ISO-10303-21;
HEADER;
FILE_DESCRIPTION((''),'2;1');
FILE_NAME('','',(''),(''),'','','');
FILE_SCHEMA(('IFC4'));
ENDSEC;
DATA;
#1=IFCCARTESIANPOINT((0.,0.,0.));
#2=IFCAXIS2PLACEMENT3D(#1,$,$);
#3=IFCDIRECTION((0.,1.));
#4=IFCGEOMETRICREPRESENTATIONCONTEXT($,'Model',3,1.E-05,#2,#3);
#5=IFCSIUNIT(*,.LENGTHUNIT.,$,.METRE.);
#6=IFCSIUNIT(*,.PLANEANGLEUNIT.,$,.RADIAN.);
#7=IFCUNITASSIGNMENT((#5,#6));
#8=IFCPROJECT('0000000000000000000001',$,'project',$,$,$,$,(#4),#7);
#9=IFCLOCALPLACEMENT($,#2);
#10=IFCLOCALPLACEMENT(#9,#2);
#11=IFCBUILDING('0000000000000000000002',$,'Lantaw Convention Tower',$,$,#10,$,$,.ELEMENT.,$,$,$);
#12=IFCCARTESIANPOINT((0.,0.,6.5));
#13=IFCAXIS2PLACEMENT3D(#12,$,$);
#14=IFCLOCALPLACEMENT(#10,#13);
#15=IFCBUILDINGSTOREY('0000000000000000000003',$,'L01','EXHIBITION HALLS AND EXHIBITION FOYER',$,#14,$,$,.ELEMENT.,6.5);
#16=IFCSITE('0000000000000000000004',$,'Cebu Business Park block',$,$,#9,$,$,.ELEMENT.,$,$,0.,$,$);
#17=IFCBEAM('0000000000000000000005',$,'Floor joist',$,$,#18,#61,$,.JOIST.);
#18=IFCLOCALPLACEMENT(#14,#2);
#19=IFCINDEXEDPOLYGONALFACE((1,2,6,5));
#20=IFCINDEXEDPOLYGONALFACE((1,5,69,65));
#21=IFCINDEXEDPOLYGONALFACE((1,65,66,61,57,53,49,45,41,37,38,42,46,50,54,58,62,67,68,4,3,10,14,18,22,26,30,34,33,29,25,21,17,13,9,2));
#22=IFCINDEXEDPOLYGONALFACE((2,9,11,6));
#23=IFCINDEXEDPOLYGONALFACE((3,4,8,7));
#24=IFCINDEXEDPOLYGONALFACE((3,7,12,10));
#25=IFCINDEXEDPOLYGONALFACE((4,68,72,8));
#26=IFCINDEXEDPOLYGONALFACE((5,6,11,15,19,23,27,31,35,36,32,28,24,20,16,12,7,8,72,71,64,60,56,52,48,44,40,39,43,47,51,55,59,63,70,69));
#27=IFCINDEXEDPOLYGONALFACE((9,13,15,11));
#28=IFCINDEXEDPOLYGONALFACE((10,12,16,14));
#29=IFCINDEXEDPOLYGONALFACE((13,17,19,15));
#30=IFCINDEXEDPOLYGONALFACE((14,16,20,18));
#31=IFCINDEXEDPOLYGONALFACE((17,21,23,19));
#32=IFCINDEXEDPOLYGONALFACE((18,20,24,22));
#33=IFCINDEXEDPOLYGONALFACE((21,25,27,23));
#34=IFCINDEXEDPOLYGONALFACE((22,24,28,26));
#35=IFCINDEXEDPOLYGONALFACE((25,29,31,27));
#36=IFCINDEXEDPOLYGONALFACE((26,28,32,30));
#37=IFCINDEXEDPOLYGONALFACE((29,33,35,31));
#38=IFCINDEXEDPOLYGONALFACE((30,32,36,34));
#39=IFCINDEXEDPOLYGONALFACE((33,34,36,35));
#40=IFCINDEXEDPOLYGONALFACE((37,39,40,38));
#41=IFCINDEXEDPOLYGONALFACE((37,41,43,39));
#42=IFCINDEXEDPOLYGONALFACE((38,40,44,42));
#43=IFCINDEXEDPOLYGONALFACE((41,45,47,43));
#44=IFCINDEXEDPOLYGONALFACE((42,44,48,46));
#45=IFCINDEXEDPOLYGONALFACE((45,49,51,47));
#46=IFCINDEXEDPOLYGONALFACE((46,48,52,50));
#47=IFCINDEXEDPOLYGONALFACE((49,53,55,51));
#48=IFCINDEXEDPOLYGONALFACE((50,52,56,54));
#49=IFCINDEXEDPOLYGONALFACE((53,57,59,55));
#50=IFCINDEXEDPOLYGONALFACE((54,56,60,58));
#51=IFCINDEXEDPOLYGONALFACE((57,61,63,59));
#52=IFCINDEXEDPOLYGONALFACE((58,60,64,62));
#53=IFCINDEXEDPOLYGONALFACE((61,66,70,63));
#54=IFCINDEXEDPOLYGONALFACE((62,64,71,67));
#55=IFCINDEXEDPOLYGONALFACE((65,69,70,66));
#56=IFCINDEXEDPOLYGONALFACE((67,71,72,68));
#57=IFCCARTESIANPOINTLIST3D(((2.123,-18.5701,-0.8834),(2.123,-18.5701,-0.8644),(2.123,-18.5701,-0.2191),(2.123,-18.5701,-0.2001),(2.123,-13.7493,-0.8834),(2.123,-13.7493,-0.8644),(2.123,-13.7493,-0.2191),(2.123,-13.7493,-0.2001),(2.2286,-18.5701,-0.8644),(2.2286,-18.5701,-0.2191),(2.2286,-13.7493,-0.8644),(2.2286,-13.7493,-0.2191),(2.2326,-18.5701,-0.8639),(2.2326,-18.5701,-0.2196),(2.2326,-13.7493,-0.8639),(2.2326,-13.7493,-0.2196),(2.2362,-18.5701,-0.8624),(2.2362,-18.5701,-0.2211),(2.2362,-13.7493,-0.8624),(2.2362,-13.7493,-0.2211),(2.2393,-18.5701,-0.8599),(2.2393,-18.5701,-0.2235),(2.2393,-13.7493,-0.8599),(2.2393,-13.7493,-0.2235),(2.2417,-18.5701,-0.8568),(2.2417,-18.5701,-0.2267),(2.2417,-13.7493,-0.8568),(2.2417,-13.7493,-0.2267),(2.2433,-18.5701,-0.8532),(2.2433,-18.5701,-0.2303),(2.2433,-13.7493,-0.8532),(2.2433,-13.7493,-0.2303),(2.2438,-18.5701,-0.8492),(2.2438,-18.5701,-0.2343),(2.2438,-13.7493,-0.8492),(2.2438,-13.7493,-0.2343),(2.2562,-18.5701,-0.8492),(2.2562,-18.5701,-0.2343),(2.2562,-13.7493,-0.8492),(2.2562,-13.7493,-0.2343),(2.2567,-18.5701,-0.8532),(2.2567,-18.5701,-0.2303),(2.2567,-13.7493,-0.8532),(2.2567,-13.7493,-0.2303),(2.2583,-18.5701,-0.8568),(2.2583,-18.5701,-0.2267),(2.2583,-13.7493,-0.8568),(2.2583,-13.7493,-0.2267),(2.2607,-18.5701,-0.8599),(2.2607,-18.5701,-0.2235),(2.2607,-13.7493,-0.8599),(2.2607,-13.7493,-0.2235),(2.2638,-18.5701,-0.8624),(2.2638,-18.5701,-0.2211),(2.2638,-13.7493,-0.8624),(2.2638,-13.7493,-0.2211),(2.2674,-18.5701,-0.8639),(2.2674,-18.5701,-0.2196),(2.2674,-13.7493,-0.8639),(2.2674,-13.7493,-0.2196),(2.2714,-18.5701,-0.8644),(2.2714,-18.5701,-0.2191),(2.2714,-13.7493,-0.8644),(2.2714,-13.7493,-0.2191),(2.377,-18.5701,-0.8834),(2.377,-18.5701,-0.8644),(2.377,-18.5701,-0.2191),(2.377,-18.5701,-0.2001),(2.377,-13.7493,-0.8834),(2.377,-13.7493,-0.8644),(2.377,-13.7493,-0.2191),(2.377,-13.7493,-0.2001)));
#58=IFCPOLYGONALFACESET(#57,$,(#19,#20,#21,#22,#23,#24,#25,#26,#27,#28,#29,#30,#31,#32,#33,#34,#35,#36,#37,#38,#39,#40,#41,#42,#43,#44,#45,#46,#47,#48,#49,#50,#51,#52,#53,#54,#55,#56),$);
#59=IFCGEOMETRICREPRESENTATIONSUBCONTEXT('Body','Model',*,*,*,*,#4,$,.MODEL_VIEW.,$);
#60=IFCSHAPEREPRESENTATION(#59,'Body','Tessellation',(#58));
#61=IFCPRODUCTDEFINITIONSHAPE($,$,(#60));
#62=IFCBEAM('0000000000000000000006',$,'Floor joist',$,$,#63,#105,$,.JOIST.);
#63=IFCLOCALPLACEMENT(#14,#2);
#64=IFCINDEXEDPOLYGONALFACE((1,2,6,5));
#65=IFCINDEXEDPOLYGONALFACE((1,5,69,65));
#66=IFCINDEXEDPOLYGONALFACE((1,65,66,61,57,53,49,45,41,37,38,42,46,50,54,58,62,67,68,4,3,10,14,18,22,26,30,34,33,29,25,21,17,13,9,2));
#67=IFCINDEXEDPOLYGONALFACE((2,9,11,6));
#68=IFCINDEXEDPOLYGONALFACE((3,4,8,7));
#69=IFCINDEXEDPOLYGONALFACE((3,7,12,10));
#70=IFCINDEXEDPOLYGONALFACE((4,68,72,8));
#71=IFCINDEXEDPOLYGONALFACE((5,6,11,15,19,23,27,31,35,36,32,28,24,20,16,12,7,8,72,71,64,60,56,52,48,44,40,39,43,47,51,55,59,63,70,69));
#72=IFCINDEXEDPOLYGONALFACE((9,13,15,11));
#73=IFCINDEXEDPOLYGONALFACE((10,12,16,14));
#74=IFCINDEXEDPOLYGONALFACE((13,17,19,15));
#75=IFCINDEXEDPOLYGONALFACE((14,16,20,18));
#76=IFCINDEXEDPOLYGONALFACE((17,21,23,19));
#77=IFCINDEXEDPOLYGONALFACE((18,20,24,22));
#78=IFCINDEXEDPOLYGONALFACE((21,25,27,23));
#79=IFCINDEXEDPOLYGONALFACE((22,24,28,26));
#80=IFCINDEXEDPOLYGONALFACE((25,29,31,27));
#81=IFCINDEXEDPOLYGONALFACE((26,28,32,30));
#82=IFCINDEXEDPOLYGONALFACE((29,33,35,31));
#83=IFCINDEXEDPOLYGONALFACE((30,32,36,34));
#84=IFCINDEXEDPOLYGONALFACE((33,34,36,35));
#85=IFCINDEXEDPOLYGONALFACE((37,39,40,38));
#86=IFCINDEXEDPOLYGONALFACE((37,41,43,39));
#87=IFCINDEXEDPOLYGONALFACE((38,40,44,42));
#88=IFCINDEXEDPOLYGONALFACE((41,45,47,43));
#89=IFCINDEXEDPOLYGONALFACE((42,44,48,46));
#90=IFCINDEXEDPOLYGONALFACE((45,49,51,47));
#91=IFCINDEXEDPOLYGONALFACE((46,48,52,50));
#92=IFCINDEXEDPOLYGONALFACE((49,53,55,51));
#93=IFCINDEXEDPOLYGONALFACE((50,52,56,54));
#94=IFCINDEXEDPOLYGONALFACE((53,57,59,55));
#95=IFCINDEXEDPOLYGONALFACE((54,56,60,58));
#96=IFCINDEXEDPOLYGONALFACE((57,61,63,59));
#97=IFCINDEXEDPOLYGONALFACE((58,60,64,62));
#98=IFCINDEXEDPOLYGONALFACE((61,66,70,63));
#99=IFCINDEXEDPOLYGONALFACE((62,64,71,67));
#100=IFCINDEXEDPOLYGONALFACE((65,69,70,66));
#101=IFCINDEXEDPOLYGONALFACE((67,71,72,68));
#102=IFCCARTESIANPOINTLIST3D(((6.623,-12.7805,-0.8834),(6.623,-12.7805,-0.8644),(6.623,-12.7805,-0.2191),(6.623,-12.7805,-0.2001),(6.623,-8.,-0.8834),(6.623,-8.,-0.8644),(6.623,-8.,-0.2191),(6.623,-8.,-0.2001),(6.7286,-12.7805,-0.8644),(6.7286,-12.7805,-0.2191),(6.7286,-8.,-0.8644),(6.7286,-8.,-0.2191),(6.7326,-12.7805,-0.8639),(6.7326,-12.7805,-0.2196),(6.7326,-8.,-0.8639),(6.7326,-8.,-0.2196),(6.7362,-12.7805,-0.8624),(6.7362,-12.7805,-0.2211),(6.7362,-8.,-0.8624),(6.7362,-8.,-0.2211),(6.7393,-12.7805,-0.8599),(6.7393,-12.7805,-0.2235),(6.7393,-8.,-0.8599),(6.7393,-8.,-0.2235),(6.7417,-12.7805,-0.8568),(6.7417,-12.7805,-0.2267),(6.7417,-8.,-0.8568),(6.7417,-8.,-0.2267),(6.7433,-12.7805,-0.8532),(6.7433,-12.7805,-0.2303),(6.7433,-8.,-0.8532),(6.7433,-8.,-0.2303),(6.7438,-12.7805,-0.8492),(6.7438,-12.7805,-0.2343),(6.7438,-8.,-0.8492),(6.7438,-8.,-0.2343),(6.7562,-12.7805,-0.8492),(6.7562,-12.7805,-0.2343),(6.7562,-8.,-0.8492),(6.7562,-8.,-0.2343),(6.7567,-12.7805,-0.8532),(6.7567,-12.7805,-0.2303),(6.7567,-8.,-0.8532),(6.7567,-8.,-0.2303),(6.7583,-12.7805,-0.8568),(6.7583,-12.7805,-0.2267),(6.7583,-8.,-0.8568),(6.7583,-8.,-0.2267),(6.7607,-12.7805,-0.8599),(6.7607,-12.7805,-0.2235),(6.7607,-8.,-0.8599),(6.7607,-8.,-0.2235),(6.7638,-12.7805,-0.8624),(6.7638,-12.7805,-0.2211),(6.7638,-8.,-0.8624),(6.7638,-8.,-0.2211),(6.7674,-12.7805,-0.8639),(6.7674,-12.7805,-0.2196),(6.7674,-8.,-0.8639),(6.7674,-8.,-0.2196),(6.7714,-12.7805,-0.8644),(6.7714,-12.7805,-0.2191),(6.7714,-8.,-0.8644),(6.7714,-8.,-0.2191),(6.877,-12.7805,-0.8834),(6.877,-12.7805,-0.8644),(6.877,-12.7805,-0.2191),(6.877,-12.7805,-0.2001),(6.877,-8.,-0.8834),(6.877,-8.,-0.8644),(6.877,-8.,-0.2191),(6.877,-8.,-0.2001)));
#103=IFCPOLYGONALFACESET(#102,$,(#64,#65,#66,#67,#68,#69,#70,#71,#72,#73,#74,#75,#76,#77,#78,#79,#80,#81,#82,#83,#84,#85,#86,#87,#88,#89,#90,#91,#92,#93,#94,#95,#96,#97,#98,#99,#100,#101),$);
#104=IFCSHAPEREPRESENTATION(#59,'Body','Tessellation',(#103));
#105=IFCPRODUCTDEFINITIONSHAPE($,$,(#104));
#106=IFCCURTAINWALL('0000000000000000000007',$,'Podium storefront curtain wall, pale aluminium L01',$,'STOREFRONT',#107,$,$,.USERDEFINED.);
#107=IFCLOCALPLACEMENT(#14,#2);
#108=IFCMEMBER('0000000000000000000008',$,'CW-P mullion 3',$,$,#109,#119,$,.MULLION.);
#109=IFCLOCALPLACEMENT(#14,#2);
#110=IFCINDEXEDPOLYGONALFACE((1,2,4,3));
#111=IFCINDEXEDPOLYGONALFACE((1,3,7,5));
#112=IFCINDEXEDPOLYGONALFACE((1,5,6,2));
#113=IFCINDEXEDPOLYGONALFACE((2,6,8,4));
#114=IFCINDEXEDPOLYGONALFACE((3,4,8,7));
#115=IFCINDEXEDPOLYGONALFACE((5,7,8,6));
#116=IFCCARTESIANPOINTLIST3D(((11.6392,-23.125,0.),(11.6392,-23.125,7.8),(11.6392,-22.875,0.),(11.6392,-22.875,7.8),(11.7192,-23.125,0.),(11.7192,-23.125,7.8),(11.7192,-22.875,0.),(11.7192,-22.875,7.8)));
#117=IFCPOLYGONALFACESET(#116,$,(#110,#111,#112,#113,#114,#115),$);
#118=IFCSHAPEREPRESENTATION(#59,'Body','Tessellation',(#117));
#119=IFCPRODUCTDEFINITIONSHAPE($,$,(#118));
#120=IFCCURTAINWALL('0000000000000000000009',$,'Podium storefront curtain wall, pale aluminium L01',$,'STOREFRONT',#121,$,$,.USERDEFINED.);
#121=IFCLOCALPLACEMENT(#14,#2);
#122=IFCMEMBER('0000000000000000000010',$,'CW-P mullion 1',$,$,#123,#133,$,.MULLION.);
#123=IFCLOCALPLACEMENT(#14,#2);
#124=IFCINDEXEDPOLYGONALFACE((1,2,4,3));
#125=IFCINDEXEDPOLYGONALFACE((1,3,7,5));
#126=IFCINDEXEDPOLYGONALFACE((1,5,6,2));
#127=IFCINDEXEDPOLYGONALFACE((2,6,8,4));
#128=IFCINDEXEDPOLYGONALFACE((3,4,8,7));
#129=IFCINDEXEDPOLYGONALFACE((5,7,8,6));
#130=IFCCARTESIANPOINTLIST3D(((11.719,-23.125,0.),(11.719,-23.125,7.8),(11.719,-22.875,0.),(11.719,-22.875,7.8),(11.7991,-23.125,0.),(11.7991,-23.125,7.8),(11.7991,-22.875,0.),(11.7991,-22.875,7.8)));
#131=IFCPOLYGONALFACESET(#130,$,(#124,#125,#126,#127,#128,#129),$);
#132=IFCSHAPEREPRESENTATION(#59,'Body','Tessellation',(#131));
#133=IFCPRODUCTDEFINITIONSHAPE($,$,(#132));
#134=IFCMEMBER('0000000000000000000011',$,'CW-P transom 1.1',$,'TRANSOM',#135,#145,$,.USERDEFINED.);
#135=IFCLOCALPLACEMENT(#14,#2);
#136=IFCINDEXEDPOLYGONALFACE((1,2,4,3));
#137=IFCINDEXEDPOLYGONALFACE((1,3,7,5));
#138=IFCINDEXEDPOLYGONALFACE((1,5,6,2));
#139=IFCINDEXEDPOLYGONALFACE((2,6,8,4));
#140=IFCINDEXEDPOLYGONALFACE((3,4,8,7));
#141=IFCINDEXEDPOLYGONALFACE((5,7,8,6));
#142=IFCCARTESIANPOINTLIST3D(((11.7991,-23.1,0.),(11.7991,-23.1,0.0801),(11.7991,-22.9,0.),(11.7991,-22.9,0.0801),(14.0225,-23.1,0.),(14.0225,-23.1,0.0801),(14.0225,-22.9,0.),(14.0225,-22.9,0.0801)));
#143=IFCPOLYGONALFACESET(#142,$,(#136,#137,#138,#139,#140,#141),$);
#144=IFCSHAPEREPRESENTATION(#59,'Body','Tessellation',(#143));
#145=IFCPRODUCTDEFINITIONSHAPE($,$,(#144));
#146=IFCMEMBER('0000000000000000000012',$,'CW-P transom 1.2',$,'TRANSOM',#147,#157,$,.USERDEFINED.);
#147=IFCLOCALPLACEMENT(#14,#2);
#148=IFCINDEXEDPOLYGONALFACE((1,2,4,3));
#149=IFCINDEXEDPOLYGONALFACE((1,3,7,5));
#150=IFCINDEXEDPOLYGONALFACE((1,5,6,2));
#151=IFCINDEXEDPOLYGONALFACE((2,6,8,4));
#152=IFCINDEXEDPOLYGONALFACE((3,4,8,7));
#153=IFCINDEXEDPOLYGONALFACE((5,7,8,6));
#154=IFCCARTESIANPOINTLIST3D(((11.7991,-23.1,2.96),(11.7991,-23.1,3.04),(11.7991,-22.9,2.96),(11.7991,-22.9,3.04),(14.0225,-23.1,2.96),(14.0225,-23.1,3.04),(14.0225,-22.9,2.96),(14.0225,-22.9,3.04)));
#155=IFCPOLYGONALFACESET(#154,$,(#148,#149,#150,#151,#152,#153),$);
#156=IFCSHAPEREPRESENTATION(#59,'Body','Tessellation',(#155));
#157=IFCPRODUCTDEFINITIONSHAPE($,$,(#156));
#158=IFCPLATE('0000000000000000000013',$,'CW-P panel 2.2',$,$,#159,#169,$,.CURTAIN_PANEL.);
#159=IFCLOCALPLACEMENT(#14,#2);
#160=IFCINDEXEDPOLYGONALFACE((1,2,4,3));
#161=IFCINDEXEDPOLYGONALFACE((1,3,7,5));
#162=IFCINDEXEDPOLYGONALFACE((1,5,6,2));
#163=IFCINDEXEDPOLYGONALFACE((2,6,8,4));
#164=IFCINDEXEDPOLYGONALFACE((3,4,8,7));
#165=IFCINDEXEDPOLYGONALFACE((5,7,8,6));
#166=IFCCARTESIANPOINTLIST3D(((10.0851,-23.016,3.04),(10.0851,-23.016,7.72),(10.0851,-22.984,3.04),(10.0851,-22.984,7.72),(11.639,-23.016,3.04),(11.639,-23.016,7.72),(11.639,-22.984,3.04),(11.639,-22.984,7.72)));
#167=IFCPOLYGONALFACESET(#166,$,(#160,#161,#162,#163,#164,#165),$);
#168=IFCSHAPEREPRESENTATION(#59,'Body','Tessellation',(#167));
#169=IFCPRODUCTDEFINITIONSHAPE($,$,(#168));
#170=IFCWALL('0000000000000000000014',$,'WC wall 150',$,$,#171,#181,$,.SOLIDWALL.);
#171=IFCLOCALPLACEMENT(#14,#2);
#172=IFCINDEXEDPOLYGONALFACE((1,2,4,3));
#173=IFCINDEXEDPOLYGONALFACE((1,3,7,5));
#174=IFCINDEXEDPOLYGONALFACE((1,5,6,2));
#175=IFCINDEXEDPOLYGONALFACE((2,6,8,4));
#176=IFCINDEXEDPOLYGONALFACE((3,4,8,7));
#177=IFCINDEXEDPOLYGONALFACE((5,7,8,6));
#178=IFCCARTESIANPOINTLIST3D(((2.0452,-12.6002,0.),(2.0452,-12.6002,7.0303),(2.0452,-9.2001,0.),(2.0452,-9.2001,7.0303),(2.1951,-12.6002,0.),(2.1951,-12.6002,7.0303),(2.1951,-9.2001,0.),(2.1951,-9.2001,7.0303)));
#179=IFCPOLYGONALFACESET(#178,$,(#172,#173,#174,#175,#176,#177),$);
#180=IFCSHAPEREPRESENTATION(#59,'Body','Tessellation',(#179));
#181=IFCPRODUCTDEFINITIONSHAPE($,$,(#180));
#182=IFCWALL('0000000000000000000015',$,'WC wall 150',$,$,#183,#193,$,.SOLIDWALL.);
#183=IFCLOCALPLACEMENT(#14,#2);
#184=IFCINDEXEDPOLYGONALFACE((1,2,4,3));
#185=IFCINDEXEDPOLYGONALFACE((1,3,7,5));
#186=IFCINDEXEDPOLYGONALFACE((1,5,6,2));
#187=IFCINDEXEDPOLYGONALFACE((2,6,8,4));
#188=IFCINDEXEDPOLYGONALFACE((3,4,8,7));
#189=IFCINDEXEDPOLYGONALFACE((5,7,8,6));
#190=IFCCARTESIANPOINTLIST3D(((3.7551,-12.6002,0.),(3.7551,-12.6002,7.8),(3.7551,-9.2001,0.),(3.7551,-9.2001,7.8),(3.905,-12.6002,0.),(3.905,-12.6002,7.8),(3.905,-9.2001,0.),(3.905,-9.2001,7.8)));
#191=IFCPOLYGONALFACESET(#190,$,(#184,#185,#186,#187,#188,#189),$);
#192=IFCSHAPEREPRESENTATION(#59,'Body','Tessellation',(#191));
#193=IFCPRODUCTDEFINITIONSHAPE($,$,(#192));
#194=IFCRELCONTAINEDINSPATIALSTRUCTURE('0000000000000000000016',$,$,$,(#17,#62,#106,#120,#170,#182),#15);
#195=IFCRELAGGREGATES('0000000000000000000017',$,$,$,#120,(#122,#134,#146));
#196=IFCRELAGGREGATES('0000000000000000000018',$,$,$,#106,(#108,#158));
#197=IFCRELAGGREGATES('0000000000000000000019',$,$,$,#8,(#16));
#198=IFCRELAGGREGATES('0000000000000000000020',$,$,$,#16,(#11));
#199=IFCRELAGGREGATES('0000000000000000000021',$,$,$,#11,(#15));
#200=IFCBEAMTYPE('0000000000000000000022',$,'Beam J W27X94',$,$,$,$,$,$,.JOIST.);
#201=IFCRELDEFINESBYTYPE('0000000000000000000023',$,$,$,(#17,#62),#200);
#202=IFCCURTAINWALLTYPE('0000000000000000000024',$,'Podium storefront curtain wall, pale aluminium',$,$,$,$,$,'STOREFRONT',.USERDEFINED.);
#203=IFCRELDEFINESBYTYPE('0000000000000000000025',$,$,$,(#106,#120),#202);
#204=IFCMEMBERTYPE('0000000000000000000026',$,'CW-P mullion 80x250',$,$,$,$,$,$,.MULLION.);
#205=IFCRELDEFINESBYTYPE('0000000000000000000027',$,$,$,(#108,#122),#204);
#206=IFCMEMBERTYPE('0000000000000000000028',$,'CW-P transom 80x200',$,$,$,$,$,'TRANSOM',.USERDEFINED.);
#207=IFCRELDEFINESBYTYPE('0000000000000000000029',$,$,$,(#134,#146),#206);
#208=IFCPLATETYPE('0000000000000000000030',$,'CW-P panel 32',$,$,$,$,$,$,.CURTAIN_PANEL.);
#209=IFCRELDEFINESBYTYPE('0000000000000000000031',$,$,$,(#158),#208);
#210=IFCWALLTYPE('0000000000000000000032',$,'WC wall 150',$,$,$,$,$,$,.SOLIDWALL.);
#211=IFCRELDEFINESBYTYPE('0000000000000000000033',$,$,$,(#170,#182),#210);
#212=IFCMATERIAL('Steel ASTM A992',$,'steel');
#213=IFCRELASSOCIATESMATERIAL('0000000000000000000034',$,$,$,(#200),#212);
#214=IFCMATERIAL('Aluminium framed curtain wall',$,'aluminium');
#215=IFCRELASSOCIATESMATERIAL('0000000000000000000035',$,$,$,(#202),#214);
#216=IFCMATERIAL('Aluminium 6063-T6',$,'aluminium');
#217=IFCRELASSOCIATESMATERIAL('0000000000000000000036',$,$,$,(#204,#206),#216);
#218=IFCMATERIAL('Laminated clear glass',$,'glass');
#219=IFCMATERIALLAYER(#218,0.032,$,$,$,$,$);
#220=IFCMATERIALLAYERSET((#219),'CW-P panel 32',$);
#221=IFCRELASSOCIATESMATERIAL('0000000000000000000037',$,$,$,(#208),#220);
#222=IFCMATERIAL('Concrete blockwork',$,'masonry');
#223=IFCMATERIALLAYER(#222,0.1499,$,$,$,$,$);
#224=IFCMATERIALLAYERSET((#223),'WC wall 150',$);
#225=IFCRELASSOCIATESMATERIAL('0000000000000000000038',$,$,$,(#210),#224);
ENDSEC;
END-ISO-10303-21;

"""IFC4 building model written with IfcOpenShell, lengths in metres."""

from ifc_helpers import new_model, si_unit, direction, frame, frame_2d, origin, origin_2d, place, context, subcontext, project, spatial, rectangle, i_section, extrude, material, layer, layer_set, material_profile, profile_set, type_object, element, aggregate, save


model = new_model("IFC4")

# Units and contexts
model_context = context("Model", 3, precision=1e-05, world=origin(), true_north=direction((0.0, 1.0)))
body_context = subcontext(model_context, "Body", "Model", "MODEL_VIEW")
ifc_project = project(units=[si_unit("LENGTHUNIT", "METRE"), si_unit("PLANEANGLEUNIT", "RADIAN")], contexts=[model_context])

# Site, building, storey
site_placement = place(None, origin())
site = spatial("IfcSite", under=ifc_project, at=site_placement, Name="Cebu Business Park block", CompositionType="ELEMENT", RefElevation=0.0)
building_placement = place(site_placement, origin())
building = spatial("IfcBuilding", under=site, at=building_placement, Name="Lantaw Convention Tower", CompositionType="ELEMENT")
storey_placement = place(building_placement, frame((0.0, 0.0, 6.5)))
storey = spatial("IfcBuildingStorey", under=building, at=storey_placement, Name="L01", Description="EXHIBITION HALLS AND EXHIBITION FOYER", CompositionType="ELEMENT", Elevation=6.5)

# Beams
ifc_material_1 = material(Name="Steel ASTM A992", Category="steel")
ifc_material_profile_1 = material_profile(ifc_material_1, i_section(OverallWidth=0.2539, OverallDepth=0.6833, WebThickness=0.0125, FlangeThickness=0.019, FilletRadius=0.0151, at=origin_2d()), Name="W27X94")
ifc_profile_set_1 = profile_set([ifc_material_profile_1], Name="Steel ASTM A992")
beam_type_1 = type_object("IfcBeamType", Name="Beam J W27X94", PredefinedType="JOIST", material=ifc_profile_set_1)
beam_1_placement = place(storey_placement, frame((2.25, -18.5701, -0.5417), z_axis=(0.0, 1.0, 0.0), x_axis=(-1.0, 0.0, 0.0)))
element("IfcBeam", 1, at=beam_1_placement, inside=storey, type_object=beam_type_1, Name="Floor joist", PredefinedType="JOIST", context=body_context, shape_type="SweptSolid", body=[
    extrude(i_section(OverallWidth=0.2539, OverallDepth=0.6833, WebThickness=0.0125, FlangeThickness=0.019, FilletRadius=0.0151, at=origin_2d()), origin(), (0.0, 0.0, 1.0), 4.8208),
])
beam_2_placement = place(storey_placement, frame((6.75, -12.7805, -0.5417), z_axis=(0.0, 1.0, 0.0), x_axis=(-1.0, 0.0, 0.0)))
element("IfcBeam", 2, at=beam_2_placement, inside=storey, type_object=beam_type_1, Name="Floor joist", PredefinedType="JOIST", context=body_context, shape_type="SweptSolid", body=[
    extrude(i_section(OverallWidth=0.2539, OverallDepth=0.6833, WebThickness=0.0125, FlangeThickness=0.019, FilletRadius=0.0151, at=origin_2d()), origin(), (0.0, 0.0, 1.0), 4.7805),
])

# Curtain wall, member
ifc_material_2 = material(Name="Aluminium framed curtain wall", Category="aluminium")
curtain_wall_type = type_object("IfcCurtainWallType", Name="Podium storefront curtain wall, pale aluminium", ElementType="STOREFRONT", PredefinedType="USERDEFINED", material=ifc_material_2)
curtain_wall_1_placement = place(storey_placement, origin())
curtain_wall_1 = element("IfcCurtainWall", 3, at=curtain_wall_1_placement, inside=storey, type_object=curtain_wall_type, Name="Podium storefront curtain wall, pale aluminium L01", ObjectType="STOREFRONT", PredefinedType="USERDEFINED")
ifc_material_3 = material(Name="Aluminium 6063-T6", Category="aluminium")
ifc_material_profile_2 = material_profile(ifc_material_3, rectangle(XDim=0.25, YDim=0.0801, at=origin_2d()), Name="CW-P mullion 80x250")
ifc_profile_set_2 = profile_set([ifc_material_profile_2], Name="Aluminium 6063-T6")
member_type_1 = type_object("IfcMemberType", Name="CW-P mullion 80x250", PredefinedType="MULLION", material=ifc_profile_set_2)
member_1_placement = place(storey_placement, frame((11.6792, -23.0, 0.0), z_axis=(0.0, 0.0, 1.0), x_axis=(0.0, 1.0, 0.0)))
member_1 = element("IfcMember", 4, at=member_1_placement, type_object=member_type_1, Name="CW-P mullion 3", PredefinedType="MULLION", context=body_context, shape_type="SweptSolid", body=[
    extrude(rectangle(XDim=0.25, YDim=0.0801, at=origin_2d()), origin(), (0.0, 0.0, 1.0), 7.8),
])

# Curtain wall, members
curtain_wall_2_placement = place(storey_placement, origin())
curtain_wall_2 = element("IfcCurtainWall", 5, at=curtain_wall_2_placement, inside=storey, type_object=curtain_wall_type, Name="Podium storefront curtain wall, pale aluminium L01", ObjectType="STOREFRONT", PredefinedType="USERDEFINED")
member_2_placement = place(storey_placement, frame((11.759, -23.0, 0.0), z_axis=(0.0, 0.0, 1.0), x_axis=(0.0, 1.0, 0.0)))
member_2 = element("IfcMember", 6, at=member_2_placement, type_object=member_type_1, Name="CW-P mullion 1", PredefinedType="MULLION", context=body_context, shape_type="SweptSolid", body=[
    extrude(rectangle(XDim=0.25, YDim=0.0801, at=origin_2d()), origin(), (0.0, 0.0, 1.0), 7.8),
])
ifc_material_profile_3 = material_profile(ifc_material_3, rectangle(XDim=0.2, YDim=0.0801, at=origin_2d()), Name="CW-P transom 80x200")
ifc_profile_set_3 = profile_set([ifc_material_profile_3], Name="Aluminium 6063-T6")
member_type_2 = type_object("IfcMemberType", Name="CW-P transom 80x200", ElementType="TRANSOM", PredefinedType="USERDEFINED", material=ifc_profile_set_3)
member_3_placement = place(storey_placement, frame((11.7991, -23.0, 0.04), z_axis=(1.0, 0.0, 0.0), x_axis=(0.0, 1.0, 0.0)))
member_3 = element("IfcMember", 7, at=member_3_placement, type_object=member_type_2, Name="CW-P transom 1.1", ObjectType="TRANSOM", PredefinedType="USERDEFINED", context=body_context, shape_type="SweptSolid", body=[
    extrude(rectangle(XDim=0.2, YDim=0.0801, at=origin_2d()), origin(), (0.0, 0.0, 1.0), 2.2234),
])
member_4_placement = place(storey_placement, frame((11.7991, -23.0, 3.0), z_axis=(1.0, 0.0, 0.0), x_axis=(0.0, 1.0, 0.0)))
member_4 = element("IfcMember", 8, at=member_4_placement, type_object=member_type_2, Name="CW-P transom 1.2", ObjectType="TRANSOM", PredefinedType="USERDEFINED", context=body_context, shape_type="SweptSolid", body=[
    extrude(rectangle(XDim=0.2, YDim=0.0801, at=origin_2d()), origin(), (0.0, 0.0, 1.0), 2.2234),
])
aggregate(curtain_wall_2, [member_2, member_3, member_4])

# Plate
ifc_material_4 = material(Name="Laminated clear glass", Category="glass")
ifc_layer_1 = layer(ifc_material_4, 0.032)
ifc_layer_set_1 = layer_set([ifc_layer_1], Name="CW-P panel 32")
plate_type = type_object("IfcPlateType", Name="CW-P panel 32", PredefinedType="CURTAIN_PANEL", material=ifc_layer_set_1)
plate_placement = place(storey_placement, frame((10.8621, -23.0, 3.04), z_axis=(0.0, 0.0, 1.0), x_axis=(1.0, 0.0, 0.0)))
plate = element("IfcPlate", 9, at=plate_placement, type_object=plate_type, Name="CW-P panel 2.2", PredefinedType="CURTAIN_PANEL", context=body_context, shape_type="SweptSolid", body=[
    extrude(rectangle(XDim=1.554, YDim=0.032, at=origin_2d()), origin(), (0.0, 0.0, 1.0), 4.6799),
])
aggregate(curtain_wall_1, [member_1, plate])

# Walls
ifc_material_5 = material(Name="Concrete blockwork", Category="masonry")
ifc_layer_2 = layer(ifc_material_5, 0.1499)
ifc_layer_set_2 = layer_set([ifc_layer_2], Name="WC wall 150")
wall_type = type_object("IfcWallType", Name="WC wall 150", PredefinedType="SOLIDWALL", material=ifc_layer_set_2)
wall_1_placement = place(storey_placement, frame((2.1201, -9.2, 0.0), z_axis=(0.0, 0.0, 1.0), x_axis=(0.0, -1.0, 0.0)))
element("IfcWall", 10, at=wall_1_placement, inside=storey, type_object=wall_type, Name="WC wall 150", PredefinedType="SOLIDWALL", context=body_context, shape_type="SweptSolid", body=[
    extrude(rectangle(XDim=3.4001, YDim=0.1499, at=frame_2d((1.7002, 0.0))), origin(), (0.0, 0.0, 1.0), 7.0303),
])
wall_2_placement = place(storey_placement, frame((3.8301, -9.2, 0.0), z_axis=(0.0, 0.0, 1.0), x_axis=(0.0, -1.0, 0.0)))
element("IfcWall", 11, at=wall_2_placement, inside=storey, type_object=wall_type, Name="WC wall 150", PredefinedType="SOLIDWALL", context=body_context, shape_type="SweptSolid", body=[
    extrude(rectangle(XDim=3.4001, YDim=0.1499, at=frame_2d((1.7002, 0.0))), origin(), (0.0, 0.0, 1.0), 7.8),
])

save(model, "model.ifc")
